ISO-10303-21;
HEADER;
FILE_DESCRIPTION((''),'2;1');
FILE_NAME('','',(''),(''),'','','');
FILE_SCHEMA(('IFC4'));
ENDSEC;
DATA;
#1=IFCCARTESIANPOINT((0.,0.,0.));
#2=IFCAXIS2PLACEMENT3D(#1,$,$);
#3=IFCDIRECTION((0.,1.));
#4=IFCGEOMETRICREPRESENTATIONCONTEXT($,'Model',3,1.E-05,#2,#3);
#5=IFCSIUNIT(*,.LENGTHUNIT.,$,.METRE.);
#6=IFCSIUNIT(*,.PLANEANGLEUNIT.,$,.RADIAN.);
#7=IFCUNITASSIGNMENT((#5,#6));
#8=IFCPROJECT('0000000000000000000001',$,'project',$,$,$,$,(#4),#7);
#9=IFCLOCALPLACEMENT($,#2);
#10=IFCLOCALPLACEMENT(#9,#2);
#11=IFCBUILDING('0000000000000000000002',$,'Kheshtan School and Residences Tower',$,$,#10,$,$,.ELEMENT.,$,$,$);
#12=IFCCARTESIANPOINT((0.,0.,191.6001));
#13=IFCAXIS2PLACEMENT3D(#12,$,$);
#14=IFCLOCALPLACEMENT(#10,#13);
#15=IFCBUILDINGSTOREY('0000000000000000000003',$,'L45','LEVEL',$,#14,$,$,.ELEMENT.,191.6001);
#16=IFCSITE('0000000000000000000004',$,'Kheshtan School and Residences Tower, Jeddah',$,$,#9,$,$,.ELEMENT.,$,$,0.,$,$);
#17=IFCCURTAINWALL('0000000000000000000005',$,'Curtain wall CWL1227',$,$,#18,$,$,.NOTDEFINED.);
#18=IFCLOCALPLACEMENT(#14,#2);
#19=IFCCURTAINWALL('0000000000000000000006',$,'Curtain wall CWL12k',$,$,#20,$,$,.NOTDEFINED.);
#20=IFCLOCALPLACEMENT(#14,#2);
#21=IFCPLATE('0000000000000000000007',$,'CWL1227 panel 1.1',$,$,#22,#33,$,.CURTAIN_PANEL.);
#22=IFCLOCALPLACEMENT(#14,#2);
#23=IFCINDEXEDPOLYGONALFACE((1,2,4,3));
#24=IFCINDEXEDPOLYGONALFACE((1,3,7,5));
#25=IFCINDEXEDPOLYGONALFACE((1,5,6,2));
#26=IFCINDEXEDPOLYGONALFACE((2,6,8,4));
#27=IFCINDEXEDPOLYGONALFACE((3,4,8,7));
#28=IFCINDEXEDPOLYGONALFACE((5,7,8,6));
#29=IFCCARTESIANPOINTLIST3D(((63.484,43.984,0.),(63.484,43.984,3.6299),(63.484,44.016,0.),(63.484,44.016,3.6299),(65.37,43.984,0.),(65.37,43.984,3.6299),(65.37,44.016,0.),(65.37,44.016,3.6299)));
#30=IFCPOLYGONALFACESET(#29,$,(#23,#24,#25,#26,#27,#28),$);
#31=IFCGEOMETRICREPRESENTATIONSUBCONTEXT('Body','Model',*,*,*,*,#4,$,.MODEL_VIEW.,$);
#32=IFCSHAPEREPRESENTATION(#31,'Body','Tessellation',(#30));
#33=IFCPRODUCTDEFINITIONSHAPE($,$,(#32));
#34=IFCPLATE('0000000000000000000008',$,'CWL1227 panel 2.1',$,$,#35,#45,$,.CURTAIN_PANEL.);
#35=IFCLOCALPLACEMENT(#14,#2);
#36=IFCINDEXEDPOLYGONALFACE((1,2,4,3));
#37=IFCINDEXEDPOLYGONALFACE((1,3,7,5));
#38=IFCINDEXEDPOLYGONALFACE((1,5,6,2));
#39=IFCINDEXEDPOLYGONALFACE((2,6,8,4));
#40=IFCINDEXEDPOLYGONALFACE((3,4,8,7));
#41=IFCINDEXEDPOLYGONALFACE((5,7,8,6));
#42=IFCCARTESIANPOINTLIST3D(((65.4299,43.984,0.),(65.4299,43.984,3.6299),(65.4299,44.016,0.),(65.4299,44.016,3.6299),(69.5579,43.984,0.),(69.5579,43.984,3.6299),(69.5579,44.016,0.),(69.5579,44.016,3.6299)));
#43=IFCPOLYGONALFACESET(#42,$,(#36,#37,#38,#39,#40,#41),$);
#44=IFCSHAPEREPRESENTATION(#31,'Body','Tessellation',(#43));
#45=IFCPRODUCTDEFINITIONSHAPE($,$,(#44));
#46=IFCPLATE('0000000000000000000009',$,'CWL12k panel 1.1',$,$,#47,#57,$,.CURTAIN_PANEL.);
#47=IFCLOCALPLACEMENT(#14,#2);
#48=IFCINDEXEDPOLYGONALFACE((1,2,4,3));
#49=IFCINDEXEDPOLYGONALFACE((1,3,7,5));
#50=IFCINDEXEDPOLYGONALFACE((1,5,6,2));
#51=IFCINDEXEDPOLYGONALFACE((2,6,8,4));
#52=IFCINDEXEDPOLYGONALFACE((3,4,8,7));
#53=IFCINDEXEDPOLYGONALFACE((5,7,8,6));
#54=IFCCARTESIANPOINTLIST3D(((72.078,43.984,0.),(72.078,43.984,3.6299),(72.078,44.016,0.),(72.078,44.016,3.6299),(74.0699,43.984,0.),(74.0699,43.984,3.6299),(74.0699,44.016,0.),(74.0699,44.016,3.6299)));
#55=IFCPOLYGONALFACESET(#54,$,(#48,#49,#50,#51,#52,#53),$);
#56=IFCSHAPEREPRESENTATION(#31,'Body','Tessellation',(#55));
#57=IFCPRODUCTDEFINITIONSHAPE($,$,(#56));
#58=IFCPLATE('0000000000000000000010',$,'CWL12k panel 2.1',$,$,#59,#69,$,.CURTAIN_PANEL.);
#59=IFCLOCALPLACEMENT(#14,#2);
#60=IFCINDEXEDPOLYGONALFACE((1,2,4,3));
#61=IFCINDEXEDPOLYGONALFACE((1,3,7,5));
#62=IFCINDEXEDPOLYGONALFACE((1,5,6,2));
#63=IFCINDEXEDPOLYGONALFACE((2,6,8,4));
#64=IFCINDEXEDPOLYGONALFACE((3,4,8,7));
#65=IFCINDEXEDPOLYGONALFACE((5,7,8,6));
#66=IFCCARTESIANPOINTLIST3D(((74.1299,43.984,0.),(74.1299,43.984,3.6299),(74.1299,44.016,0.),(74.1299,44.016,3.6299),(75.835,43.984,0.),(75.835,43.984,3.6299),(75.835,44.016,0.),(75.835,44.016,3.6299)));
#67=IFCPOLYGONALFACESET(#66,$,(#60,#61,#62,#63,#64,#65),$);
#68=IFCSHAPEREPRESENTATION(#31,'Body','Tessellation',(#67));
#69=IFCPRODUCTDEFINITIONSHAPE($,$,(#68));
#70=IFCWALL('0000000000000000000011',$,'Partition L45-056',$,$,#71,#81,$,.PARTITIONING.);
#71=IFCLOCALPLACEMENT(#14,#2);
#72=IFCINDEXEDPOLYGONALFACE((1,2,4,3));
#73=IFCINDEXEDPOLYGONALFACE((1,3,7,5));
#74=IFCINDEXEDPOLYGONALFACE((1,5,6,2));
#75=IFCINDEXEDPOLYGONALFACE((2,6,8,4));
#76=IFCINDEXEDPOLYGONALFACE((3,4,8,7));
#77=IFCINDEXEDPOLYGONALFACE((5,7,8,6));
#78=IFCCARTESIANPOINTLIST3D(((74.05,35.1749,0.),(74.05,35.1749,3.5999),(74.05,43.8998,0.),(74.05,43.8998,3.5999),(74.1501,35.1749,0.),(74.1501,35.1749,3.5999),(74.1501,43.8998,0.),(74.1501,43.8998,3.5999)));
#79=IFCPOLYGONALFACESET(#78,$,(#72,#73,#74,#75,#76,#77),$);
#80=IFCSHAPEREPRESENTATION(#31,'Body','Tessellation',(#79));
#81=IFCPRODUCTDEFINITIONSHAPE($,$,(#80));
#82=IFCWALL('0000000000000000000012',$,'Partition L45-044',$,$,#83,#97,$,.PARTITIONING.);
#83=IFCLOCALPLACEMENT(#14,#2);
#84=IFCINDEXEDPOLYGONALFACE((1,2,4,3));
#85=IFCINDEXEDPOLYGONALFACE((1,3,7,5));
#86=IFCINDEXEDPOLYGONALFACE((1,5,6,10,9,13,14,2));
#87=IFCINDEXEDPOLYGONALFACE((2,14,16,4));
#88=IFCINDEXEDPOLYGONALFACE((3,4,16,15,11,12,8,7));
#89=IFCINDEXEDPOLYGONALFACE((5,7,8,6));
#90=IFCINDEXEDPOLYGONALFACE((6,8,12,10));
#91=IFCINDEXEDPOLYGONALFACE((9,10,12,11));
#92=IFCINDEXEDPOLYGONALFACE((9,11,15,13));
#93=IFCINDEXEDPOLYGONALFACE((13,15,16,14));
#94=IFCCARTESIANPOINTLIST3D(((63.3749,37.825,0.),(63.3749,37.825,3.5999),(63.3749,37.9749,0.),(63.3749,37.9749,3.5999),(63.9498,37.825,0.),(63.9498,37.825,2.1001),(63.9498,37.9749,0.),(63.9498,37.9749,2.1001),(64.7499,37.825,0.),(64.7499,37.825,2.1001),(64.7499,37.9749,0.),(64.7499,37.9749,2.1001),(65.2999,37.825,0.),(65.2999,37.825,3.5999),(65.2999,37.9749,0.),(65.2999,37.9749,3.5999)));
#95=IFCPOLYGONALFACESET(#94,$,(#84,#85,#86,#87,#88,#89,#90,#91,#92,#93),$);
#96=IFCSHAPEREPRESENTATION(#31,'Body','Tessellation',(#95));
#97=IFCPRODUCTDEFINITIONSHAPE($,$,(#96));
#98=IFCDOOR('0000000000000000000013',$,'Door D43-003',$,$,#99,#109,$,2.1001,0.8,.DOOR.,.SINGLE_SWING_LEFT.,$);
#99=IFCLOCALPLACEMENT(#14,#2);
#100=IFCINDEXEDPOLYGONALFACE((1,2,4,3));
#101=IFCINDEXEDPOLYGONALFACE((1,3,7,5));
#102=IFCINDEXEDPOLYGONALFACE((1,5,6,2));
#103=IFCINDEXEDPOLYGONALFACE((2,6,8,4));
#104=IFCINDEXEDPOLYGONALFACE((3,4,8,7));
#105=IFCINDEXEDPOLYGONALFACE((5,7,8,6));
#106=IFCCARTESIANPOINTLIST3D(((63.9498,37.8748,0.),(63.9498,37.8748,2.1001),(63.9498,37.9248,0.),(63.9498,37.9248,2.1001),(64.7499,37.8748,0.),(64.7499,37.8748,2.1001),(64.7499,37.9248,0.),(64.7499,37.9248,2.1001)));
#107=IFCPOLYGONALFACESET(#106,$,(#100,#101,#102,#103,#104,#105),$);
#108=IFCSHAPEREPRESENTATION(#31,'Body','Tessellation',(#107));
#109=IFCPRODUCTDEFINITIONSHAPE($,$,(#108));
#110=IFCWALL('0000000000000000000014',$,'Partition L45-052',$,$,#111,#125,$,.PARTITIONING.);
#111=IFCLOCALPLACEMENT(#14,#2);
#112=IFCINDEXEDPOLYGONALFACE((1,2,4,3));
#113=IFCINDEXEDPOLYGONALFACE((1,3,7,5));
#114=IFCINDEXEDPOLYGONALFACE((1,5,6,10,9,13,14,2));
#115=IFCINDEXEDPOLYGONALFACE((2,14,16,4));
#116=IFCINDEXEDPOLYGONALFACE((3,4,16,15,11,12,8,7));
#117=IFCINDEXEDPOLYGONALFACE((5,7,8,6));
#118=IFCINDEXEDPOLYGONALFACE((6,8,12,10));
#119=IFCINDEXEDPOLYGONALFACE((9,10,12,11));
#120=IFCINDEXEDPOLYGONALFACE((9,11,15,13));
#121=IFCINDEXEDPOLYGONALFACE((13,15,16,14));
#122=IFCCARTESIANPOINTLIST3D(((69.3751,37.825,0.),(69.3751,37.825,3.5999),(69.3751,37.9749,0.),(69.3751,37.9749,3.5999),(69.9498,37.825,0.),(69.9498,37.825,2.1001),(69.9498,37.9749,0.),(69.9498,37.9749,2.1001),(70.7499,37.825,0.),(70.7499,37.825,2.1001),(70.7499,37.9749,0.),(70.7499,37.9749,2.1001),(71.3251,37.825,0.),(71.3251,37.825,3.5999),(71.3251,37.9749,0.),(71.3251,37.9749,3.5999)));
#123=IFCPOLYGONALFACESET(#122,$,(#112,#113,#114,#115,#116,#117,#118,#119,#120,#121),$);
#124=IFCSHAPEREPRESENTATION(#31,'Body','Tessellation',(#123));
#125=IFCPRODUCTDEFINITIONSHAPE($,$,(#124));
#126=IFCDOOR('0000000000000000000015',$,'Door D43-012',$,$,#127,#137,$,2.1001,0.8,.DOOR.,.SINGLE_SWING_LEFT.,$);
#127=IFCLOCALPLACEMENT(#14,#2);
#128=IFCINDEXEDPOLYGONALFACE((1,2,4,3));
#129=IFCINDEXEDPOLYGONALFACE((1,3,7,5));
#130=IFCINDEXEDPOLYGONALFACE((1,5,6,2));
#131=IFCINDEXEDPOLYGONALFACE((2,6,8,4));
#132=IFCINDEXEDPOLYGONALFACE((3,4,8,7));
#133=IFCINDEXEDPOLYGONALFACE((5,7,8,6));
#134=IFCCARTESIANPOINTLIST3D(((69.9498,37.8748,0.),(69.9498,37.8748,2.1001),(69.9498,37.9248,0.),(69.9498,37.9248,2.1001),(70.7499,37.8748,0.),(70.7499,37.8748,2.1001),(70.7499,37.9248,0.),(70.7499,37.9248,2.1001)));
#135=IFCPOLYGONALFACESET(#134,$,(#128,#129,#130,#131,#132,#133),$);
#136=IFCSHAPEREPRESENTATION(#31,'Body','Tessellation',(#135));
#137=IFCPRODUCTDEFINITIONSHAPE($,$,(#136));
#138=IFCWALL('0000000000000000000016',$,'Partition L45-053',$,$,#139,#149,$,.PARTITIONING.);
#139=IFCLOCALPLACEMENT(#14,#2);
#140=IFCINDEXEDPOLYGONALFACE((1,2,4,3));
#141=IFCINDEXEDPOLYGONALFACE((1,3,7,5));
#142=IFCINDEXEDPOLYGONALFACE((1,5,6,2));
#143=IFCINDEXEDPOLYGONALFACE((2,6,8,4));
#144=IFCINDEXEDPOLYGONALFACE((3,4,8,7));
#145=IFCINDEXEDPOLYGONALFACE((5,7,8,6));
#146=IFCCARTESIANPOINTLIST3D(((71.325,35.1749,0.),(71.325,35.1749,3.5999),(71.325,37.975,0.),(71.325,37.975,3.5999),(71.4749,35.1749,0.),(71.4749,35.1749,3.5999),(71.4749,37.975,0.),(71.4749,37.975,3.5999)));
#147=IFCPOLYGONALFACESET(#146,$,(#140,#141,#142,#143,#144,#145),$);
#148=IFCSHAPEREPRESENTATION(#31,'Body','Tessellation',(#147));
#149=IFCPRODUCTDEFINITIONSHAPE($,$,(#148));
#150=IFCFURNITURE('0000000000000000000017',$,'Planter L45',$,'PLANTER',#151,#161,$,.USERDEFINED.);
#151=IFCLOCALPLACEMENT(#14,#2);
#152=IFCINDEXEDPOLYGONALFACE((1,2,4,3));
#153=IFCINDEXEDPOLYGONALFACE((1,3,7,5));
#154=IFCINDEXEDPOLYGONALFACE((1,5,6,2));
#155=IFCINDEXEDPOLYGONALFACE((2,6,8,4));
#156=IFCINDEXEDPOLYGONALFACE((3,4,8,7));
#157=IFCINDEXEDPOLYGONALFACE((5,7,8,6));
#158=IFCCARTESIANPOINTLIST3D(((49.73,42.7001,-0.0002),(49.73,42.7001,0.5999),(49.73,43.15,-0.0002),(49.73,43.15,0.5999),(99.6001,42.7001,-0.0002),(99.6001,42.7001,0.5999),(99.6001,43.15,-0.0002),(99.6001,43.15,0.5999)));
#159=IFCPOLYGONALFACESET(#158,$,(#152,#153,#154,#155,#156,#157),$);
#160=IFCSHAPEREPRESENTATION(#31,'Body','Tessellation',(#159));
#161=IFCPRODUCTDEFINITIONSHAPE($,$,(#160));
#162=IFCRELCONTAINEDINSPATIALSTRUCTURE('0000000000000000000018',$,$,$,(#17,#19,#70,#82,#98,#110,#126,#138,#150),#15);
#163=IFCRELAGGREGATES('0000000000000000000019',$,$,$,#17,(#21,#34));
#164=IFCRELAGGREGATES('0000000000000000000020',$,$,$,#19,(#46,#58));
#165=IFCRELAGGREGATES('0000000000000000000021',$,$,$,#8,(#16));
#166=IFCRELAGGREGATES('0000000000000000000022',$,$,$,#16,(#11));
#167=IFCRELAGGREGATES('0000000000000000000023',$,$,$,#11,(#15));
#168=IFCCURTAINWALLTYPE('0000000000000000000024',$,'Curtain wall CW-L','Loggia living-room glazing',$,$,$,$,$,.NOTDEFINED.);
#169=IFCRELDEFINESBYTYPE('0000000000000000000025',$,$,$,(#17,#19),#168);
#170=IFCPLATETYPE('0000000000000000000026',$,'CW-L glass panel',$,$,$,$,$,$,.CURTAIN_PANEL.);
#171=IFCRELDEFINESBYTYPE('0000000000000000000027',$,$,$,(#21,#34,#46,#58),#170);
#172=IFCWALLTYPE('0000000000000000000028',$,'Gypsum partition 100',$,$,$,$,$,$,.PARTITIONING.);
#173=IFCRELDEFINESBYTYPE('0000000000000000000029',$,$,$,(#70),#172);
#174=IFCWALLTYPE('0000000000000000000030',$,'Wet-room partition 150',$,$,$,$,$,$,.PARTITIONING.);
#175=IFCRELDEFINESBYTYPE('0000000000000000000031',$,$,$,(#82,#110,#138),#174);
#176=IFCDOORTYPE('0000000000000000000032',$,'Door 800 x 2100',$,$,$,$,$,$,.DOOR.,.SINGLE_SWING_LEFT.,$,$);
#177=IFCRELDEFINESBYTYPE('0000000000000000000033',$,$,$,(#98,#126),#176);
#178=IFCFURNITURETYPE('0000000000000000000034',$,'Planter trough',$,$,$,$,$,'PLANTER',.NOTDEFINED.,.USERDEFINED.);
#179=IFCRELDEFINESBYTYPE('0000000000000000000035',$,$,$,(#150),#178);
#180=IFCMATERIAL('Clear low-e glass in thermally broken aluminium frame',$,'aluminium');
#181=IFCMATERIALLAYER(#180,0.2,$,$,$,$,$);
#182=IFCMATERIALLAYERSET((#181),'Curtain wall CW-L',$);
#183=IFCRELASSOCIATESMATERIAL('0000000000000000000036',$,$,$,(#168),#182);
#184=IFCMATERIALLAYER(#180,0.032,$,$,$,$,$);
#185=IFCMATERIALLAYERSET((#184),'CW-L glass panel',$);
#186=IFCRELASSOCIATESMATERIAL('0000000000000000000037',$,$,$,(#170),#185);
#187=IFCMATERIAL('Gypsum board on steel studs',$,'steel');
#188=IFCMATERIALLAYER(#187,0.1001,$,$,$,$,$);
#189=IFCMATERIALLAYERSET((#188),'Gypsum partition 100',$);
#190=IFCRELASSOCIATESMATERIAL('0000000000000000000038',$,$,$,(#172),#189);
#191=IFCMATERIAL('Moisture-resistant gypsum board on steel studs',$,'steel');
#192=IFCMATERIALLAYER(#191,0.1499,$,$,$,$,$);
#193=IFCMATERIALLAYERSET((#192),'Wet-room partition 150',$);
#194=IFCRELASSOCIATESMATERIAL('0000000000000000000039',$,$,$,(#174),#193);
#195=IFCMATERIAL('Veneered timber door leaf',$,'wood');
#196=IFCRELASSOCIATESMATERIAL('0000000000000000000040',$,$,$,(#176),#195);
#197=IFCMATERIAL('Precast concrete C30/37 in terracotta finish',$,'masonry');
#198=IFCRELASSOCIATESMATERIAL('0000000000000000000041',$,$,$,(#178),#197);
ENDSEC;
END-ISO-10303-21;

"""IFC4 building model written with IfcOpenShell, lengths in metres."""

from ifc_helpers import new_model, si_unit, direction, frame, frame_2d, origin, origin_2d, place, context, subcontext, project, spatial, rectangle, extrude, source, transform, mapped, material, layer, layer_set, type_object, element, fill, aggregate, save


model = new_model("IFC4")

# Units and contexts
model_context = context("Model", 3, precision=1e-05, world=origin(), true_north=direction((0.0, 1.0)))
body_context = subcontext(model_context, "Body", "Model", "MODEL_VIEW")
ifc_project = project(units=[si_unit("LENGTHUNIT", "METRE"), si_unit("PLANEANGLEUNIT", "RADIAN")], contexts=[model_context])

# Site, building, storey
site_placement = place(None, origin())
site = spatial("IfcSite", under=ifc_project, at=site_placement, Name="Kheshtan School and Residences Tower, Jeddah", CompositionType="ELEMENT", RefElevation=0.0)
building_placement = place(site_placement, origin())
building = spatial("IfcBuilding", under=site, at=building_placement, Name="Kheshtan School and Residences Tower", CompositionType="ELEMENT")
storey_placement = place(building_placement, frame((0.0, 0.0, 191.6001)))
storey = spatial("IfcBuildingStorey", under=building, at=storey_placement, Name="L45", Description="LEVEL", CompositionType="ELEMENT", Elevation=191.6001)

# Curtain walls
ifc_material_1 = material(Name="Clear low-e glass in thermally broken aluminium frame", Category="aluminium")
ifc_layer_1 = layer(ifc_material_1, 0.2)
ifc_layer_set_1 = layer_set([ifc_layer_1], Name="Curtain wall CW-L")
curtain_wall_type = type_object("IfcCurtainWallType", Name="Curtain wall CW-L", Description="Loggia living-room glazing", PredefinedType="NOTDEFINED", material=ifc_layer_set_1)
curtain_wall_1_placement = place(storey_placement, origin())
curtain_wall_1 = element("IfcCurtainWall", 1, at=curtain_wall_1_placement, inside=storey, type_object=curtain_wall_type, Name="Curtain wall CWL1227", PredefinedType="NOTDEFINED")
curtain_wall_2_placement = place(storey_placement, origin())
curtain_wall_2 = element("IfcCurtainWall", 2, at=curtain_wall_2_placement, inside=storey, type_object=curtain_wall_type, Name="Curtain wall CWL12k", PredefinedType="NOTDEFINED")

# Plates
ifc_layer_2 = layer(ifc_material_1, 0.032)
ifc_layer_set_2 = layer_set([ifc_layer_2], Name="CW-L glass panel")
plate_type = type_object("IfcPlateType", Name="CW-L glass panel", PredefinedType="CURTAIN_PANEL", material=ifc_layer_set_2)
plate_1_placement = place(storey_placement, frame((64.427, 44.0, 0.0), z_axis=(0.0, 0.0, 1.0), x_axis=(1.0, 0.0, 0.0)))
plate_1 = element("IfcPlate", 3, at=plate_1_placement, type_object=plate_type, Name="CWL1227 panel 1.1", PredefinedType="CURTAIN_PANEL", context=body_context, shape_type="SweptSolid", body=[
    extrude(rectangle(XDim=1.886, YDim=0.032, at=origin_2d()), origin(), (0.0, 0.0, 1.0), 3.6299),
])
plate_2_placement = place(storey_placement, frame((67.4939, 44.0, 0.0), z_axis=(0.0, 0.0, 1.0), x_axis=(1.0, 0.0, 0.0)))
plate_2 = element("IfcPlate", 4, at=plate_2_placement, type_object=plate_type, Name="CWL1227 panel 2.1", PredefinedType="CURTAIN_PANEL", context=body_context, shape_type="SweptSolid", body=[
    extrude(rectangle(XDim=4.1279, YDim=0.032, at=origin_2d()), origin(), (0.0, 0.0, 1.0), 3.6299),
])
aggregate(curtain_wall_1, [plate_1, plate_2])
plate_3_placement = place(storey_placement, frame((73.074, 44.0, 0.0), z_axis=(0.0, 0.0, 1.0), x_axis=(1.0, 0.0, 0.0)))
plate_3 = element("IfcPlate", 5, at=plate_3_placement, type_object=plate_type, Name="CWL12k panel 1.1", PredefinedType="CURTAIN_PANEL", context=body_context, shape_type="SweptSolid", body=[
    extrude(rectangle(XDim=1.9919, YDim=0.032, at=origin_2d()), origin(), (0.0, 0.0, 1.0), 3.6299),
])
plate_4_placement = place(storey_placement, frame((74.9824, 44.0, 0.0), z_axis=(0.0, 0.0, 1.0), x_axis=(1.0, 0.0, 0.0)))
plate_4 = element("IfcPlate", 6, at=plate_4_placement, type_object=plate_type, Name="CWL12k panel 2.1", PredefinedType="CURTAIN_PANEL", context=body_context, shape_type="SweptSolid", body=[
    extrude(rectangle(XDim=1.7051, YDim=0.032, at=origin_2d()), origin(), (0.0, 0.0, 1.0), 3.6299),
])
aggregate(curtain_wall_2, [plate_3, plate_4])

# Wall
ifc_material_2 = material(Name="Gypsum board on steel studs", Category="steel")
ifc_layer_3 = layer(ifc_material_2, 0.1001)
ifc_layer_set_3 = layer_set([ifc_layer_3], Name="Gypsum partition 100")
wall_type_1 = type_object("IfcWallType", Name="Gypsum partition 100", PredefinedType="PARTITIONING", material=ifc_layer_set_3)
wall_1_placement = place(storey_placement, frame((74.1001, 35.175, 0.0), z_axis=(0.0, 0.0, 1.0), x_axis=(0.0, 1.0, 0.0)))
element("IfcWall", 7, at=wall_1_placement, inside=storey, type_object=wall_type_1, Name="Partition L45-056", PredefinedType="PARTITIONING", context=body_context, shape_type="SweptSolid", body=[
    extrude(rectangle(XDim=8.7249, YDim=0.1001, at=frame_2d((4.3623, 0.0))), origin(), (0.0, 0.0, 1.0), 3.5999),
])

# Walls, openings, doors
ifc_material_3 = material(Name="Moisture-resistant gypsum board on steel studs", Category="steel")
ifc_layer_4 = layer(ifc_material_3, 0.1499)
ifc_layer_set_4 = layer_set([ifc_layer_4], Name="Wet-room partition 150")
wall_type_2 = type_object("IfcWallType", Name="Wet-room partition 150", PredefinedType="PARTITIONING", material=ifc_layer_set_4)
wall_2_placement = place(storey_placement, frame((63.375, 37.8999, 0.0), z_axis=(0.0, 0.0, 1.0), x_axis=(1.0, 0.0, 0.0)))
wall_2 = element("IfcWall", 8, at=wall_2_placement, inside=storey, type_object=wall_type_2, Name="Partition L45-044", PredefinedType="PARTITIONING", context=body_context, shape_type="SweptSolid", body=[
    extrude(rectangle(XDim=1.925, YDim=0.1499, at=frame_2d((0.9624, 0.0))), origin(), (0.0, 0.0, 1.0), 3.5999),
])
opening_1_placement = place(wall_2_placement, frame((0.575, 0.0, 0.0)))
opening_1 = element("IfcOpeningElement", 9, at=opening_1_placement, cuts=wall_2, PredefinedType="OPENING", context=body_context, shape_type="SweptSolid", body=[
    extrude(rectangle(XDim=0.8, YDim=2.1001, at=frame_2d((0.3999, 1.05))), frame((0.0, 0.085, 0.0), z_axis=(0.0, -1.0, 0.0), x_axis=(1.0, 0.0, 0.0)), (0.0, 0.0, 1.0), 0.1699),
])
ifc_material_4 = material(Name="Veneered timber door leaf", Category="wood")
door_type_1 = type_object("IfcDoorType", Name="Door 800 x 2100", OperationType="SINGLE_SWING_LEFT", PredefinedType="DOOR", material=ifc_material_4)
shared_shape_1 = source(origin(), body_context, "Body", "SweptSolid", [
    extrude(rectangle(XDim=0.8, YDim=2.1001, at=frame_2d((0.3999, 1.05))), frame((0.0, 0.0249, 0.0), z_axis=(0.0, -1.0, 0.0), x_axis=(1.0, 0.0, 0.0)), (0.0, 0.0, 1.0), 0.05),
])
door_1_placement = place(opening_1_placement, origin())
door_1 = element("IfcDoor", 10, at=door_1_placement, inside=storey, type_object=door_type_1, Name="Door D43-003", OperationType="SINGLE_SWING_LEFT", OverallHeight=2.1001, OverallWidth=0.8, PredefinedType="DOOR", context=body_context, shape_type="MappedRepresentation", body=[
    mapped(shared_shape_1, transform((0.0, 0.0, 0.0), x_axis=(1.0, 0.0, 0.0), y_axis=(0.0, 1.0, 0.0), z_axis=(0.0, 0.0, 1.0), scale=1.0)),
])
fill(opening_1, door_1)
wall_3_placement = place(storey_placement, frame((69.375, 37.8999, 0.0), z_axis=(0.0, 0.0, 1.0), x_axis=(1.0, 0.0, 0.0)))
wall_3 = element("IfcWall", 11, at=wall_3_placement, inside=storey, type_object=wall_type_2, Name="Partition L45-052", PredefinedType="PARTITIONING", context=body_context, shape_type="SweptSolid", body=[
    extrude(rectangle(XDim=1.95, YDim=0.1499, at=frame_2d((0.9751, 0.0))), origin(), (0.0, 0.0, 1.0), 3.5999),
])
opening_2_placement = place(wall_3_placement, frame((0.575, 0.0, 0.0)))
opening_2 = element("IfcOpeningElement", 12, at=opening_2_placement, cuts=wall_3, PredefinedType="OPENING", context=body_context, shape_type="SweptSolid", body=[
    extrude(rectangle(XDim=0.8, YDim=2.1001, at=frame_2d((0.3999, 1.05))), frame((0.0, 0.085, 0.0), z_axis=(0.0, -1.0, 0.0), x_axis=(1.0, 0.0, 0.0)), (0.0, 0.0, 1.0), 0.1699),
])
door_2_placement = place(opening_2_placement, origin())
door_2 = element("IfcDoor", 13, at=door_2_placement, inside=storey, type_object=door_type_1, Name="Door D43-012", OperationType="SINGLE_SWING_LEFT", OverallHeight=2.1001, OverallWidth=0.8, PredefinedType="DOOR", context=body_context, shape_type="MappedRepresentation", body=[
    mapped(shared_shape_1, transform((0.0, 0.0, 0.0), x_axis=(1.0, 0.0, 0.0), y_axis=(0.0, 1.0, 0.0), z_axis=(0.0, 0.0, 1.0), scale=1.0)),
])
fill(opening_2, door_2)

# Wall
wall_4_placement = place(storey_placement, frame((71.3999, 35.175, 0.0), z_axis=(0.0, 0.0, 1.0), x_axis=(0.0, 1.0, 0.0)))
element("IfcWall", 14, at=wall_4_placement, inside=storey, type_object=wall_type_2, Name="Partition L45-053", PredefinedType="PARTITIONING", context=body_context, shape_type="SweptSolid", body=[
    extrude(rectangle(XDim=2.8, YDim=0.1499, at=frame_2d((1.3999, 0.0))), origin(), (0.0, 0.0, 1.0), 3.5999),
])

# Furniture
ifc_material_5 = material(Name="Precast concrete C30/37 in terracotta finish", Category="masonry")
furniture_type = type_object("IfcFurnitureType", Name="Planter trough", ElementType="PLANTER", AssemblyPlace="NOTDEFINED", PredefinedType="USERDEFINED", material=ifc_material_5)
furniture_placement = place(storey_placement, frame((74.665, 42.925, -0.0002), z_axis=(0.0, 0.0, 1.0), x_axis=(1.0, 0.0, 0.0)))
element("IfcFurniture", 15, at=furniture_placement, inside=storey, type_object=furniture_type, Name="Planter L45", ObjectType="PLANTER", PredefinedType="USERDEFINED", context=body_context, shape_type="SweptSolid", body=[
    extrude(rectangle(XDim=49.8701, YDim=0.45, at=origin_2d()), origin(), (0.0, 0.0, 1.0), 0.6001),
])

save(model, "model.ifc")
